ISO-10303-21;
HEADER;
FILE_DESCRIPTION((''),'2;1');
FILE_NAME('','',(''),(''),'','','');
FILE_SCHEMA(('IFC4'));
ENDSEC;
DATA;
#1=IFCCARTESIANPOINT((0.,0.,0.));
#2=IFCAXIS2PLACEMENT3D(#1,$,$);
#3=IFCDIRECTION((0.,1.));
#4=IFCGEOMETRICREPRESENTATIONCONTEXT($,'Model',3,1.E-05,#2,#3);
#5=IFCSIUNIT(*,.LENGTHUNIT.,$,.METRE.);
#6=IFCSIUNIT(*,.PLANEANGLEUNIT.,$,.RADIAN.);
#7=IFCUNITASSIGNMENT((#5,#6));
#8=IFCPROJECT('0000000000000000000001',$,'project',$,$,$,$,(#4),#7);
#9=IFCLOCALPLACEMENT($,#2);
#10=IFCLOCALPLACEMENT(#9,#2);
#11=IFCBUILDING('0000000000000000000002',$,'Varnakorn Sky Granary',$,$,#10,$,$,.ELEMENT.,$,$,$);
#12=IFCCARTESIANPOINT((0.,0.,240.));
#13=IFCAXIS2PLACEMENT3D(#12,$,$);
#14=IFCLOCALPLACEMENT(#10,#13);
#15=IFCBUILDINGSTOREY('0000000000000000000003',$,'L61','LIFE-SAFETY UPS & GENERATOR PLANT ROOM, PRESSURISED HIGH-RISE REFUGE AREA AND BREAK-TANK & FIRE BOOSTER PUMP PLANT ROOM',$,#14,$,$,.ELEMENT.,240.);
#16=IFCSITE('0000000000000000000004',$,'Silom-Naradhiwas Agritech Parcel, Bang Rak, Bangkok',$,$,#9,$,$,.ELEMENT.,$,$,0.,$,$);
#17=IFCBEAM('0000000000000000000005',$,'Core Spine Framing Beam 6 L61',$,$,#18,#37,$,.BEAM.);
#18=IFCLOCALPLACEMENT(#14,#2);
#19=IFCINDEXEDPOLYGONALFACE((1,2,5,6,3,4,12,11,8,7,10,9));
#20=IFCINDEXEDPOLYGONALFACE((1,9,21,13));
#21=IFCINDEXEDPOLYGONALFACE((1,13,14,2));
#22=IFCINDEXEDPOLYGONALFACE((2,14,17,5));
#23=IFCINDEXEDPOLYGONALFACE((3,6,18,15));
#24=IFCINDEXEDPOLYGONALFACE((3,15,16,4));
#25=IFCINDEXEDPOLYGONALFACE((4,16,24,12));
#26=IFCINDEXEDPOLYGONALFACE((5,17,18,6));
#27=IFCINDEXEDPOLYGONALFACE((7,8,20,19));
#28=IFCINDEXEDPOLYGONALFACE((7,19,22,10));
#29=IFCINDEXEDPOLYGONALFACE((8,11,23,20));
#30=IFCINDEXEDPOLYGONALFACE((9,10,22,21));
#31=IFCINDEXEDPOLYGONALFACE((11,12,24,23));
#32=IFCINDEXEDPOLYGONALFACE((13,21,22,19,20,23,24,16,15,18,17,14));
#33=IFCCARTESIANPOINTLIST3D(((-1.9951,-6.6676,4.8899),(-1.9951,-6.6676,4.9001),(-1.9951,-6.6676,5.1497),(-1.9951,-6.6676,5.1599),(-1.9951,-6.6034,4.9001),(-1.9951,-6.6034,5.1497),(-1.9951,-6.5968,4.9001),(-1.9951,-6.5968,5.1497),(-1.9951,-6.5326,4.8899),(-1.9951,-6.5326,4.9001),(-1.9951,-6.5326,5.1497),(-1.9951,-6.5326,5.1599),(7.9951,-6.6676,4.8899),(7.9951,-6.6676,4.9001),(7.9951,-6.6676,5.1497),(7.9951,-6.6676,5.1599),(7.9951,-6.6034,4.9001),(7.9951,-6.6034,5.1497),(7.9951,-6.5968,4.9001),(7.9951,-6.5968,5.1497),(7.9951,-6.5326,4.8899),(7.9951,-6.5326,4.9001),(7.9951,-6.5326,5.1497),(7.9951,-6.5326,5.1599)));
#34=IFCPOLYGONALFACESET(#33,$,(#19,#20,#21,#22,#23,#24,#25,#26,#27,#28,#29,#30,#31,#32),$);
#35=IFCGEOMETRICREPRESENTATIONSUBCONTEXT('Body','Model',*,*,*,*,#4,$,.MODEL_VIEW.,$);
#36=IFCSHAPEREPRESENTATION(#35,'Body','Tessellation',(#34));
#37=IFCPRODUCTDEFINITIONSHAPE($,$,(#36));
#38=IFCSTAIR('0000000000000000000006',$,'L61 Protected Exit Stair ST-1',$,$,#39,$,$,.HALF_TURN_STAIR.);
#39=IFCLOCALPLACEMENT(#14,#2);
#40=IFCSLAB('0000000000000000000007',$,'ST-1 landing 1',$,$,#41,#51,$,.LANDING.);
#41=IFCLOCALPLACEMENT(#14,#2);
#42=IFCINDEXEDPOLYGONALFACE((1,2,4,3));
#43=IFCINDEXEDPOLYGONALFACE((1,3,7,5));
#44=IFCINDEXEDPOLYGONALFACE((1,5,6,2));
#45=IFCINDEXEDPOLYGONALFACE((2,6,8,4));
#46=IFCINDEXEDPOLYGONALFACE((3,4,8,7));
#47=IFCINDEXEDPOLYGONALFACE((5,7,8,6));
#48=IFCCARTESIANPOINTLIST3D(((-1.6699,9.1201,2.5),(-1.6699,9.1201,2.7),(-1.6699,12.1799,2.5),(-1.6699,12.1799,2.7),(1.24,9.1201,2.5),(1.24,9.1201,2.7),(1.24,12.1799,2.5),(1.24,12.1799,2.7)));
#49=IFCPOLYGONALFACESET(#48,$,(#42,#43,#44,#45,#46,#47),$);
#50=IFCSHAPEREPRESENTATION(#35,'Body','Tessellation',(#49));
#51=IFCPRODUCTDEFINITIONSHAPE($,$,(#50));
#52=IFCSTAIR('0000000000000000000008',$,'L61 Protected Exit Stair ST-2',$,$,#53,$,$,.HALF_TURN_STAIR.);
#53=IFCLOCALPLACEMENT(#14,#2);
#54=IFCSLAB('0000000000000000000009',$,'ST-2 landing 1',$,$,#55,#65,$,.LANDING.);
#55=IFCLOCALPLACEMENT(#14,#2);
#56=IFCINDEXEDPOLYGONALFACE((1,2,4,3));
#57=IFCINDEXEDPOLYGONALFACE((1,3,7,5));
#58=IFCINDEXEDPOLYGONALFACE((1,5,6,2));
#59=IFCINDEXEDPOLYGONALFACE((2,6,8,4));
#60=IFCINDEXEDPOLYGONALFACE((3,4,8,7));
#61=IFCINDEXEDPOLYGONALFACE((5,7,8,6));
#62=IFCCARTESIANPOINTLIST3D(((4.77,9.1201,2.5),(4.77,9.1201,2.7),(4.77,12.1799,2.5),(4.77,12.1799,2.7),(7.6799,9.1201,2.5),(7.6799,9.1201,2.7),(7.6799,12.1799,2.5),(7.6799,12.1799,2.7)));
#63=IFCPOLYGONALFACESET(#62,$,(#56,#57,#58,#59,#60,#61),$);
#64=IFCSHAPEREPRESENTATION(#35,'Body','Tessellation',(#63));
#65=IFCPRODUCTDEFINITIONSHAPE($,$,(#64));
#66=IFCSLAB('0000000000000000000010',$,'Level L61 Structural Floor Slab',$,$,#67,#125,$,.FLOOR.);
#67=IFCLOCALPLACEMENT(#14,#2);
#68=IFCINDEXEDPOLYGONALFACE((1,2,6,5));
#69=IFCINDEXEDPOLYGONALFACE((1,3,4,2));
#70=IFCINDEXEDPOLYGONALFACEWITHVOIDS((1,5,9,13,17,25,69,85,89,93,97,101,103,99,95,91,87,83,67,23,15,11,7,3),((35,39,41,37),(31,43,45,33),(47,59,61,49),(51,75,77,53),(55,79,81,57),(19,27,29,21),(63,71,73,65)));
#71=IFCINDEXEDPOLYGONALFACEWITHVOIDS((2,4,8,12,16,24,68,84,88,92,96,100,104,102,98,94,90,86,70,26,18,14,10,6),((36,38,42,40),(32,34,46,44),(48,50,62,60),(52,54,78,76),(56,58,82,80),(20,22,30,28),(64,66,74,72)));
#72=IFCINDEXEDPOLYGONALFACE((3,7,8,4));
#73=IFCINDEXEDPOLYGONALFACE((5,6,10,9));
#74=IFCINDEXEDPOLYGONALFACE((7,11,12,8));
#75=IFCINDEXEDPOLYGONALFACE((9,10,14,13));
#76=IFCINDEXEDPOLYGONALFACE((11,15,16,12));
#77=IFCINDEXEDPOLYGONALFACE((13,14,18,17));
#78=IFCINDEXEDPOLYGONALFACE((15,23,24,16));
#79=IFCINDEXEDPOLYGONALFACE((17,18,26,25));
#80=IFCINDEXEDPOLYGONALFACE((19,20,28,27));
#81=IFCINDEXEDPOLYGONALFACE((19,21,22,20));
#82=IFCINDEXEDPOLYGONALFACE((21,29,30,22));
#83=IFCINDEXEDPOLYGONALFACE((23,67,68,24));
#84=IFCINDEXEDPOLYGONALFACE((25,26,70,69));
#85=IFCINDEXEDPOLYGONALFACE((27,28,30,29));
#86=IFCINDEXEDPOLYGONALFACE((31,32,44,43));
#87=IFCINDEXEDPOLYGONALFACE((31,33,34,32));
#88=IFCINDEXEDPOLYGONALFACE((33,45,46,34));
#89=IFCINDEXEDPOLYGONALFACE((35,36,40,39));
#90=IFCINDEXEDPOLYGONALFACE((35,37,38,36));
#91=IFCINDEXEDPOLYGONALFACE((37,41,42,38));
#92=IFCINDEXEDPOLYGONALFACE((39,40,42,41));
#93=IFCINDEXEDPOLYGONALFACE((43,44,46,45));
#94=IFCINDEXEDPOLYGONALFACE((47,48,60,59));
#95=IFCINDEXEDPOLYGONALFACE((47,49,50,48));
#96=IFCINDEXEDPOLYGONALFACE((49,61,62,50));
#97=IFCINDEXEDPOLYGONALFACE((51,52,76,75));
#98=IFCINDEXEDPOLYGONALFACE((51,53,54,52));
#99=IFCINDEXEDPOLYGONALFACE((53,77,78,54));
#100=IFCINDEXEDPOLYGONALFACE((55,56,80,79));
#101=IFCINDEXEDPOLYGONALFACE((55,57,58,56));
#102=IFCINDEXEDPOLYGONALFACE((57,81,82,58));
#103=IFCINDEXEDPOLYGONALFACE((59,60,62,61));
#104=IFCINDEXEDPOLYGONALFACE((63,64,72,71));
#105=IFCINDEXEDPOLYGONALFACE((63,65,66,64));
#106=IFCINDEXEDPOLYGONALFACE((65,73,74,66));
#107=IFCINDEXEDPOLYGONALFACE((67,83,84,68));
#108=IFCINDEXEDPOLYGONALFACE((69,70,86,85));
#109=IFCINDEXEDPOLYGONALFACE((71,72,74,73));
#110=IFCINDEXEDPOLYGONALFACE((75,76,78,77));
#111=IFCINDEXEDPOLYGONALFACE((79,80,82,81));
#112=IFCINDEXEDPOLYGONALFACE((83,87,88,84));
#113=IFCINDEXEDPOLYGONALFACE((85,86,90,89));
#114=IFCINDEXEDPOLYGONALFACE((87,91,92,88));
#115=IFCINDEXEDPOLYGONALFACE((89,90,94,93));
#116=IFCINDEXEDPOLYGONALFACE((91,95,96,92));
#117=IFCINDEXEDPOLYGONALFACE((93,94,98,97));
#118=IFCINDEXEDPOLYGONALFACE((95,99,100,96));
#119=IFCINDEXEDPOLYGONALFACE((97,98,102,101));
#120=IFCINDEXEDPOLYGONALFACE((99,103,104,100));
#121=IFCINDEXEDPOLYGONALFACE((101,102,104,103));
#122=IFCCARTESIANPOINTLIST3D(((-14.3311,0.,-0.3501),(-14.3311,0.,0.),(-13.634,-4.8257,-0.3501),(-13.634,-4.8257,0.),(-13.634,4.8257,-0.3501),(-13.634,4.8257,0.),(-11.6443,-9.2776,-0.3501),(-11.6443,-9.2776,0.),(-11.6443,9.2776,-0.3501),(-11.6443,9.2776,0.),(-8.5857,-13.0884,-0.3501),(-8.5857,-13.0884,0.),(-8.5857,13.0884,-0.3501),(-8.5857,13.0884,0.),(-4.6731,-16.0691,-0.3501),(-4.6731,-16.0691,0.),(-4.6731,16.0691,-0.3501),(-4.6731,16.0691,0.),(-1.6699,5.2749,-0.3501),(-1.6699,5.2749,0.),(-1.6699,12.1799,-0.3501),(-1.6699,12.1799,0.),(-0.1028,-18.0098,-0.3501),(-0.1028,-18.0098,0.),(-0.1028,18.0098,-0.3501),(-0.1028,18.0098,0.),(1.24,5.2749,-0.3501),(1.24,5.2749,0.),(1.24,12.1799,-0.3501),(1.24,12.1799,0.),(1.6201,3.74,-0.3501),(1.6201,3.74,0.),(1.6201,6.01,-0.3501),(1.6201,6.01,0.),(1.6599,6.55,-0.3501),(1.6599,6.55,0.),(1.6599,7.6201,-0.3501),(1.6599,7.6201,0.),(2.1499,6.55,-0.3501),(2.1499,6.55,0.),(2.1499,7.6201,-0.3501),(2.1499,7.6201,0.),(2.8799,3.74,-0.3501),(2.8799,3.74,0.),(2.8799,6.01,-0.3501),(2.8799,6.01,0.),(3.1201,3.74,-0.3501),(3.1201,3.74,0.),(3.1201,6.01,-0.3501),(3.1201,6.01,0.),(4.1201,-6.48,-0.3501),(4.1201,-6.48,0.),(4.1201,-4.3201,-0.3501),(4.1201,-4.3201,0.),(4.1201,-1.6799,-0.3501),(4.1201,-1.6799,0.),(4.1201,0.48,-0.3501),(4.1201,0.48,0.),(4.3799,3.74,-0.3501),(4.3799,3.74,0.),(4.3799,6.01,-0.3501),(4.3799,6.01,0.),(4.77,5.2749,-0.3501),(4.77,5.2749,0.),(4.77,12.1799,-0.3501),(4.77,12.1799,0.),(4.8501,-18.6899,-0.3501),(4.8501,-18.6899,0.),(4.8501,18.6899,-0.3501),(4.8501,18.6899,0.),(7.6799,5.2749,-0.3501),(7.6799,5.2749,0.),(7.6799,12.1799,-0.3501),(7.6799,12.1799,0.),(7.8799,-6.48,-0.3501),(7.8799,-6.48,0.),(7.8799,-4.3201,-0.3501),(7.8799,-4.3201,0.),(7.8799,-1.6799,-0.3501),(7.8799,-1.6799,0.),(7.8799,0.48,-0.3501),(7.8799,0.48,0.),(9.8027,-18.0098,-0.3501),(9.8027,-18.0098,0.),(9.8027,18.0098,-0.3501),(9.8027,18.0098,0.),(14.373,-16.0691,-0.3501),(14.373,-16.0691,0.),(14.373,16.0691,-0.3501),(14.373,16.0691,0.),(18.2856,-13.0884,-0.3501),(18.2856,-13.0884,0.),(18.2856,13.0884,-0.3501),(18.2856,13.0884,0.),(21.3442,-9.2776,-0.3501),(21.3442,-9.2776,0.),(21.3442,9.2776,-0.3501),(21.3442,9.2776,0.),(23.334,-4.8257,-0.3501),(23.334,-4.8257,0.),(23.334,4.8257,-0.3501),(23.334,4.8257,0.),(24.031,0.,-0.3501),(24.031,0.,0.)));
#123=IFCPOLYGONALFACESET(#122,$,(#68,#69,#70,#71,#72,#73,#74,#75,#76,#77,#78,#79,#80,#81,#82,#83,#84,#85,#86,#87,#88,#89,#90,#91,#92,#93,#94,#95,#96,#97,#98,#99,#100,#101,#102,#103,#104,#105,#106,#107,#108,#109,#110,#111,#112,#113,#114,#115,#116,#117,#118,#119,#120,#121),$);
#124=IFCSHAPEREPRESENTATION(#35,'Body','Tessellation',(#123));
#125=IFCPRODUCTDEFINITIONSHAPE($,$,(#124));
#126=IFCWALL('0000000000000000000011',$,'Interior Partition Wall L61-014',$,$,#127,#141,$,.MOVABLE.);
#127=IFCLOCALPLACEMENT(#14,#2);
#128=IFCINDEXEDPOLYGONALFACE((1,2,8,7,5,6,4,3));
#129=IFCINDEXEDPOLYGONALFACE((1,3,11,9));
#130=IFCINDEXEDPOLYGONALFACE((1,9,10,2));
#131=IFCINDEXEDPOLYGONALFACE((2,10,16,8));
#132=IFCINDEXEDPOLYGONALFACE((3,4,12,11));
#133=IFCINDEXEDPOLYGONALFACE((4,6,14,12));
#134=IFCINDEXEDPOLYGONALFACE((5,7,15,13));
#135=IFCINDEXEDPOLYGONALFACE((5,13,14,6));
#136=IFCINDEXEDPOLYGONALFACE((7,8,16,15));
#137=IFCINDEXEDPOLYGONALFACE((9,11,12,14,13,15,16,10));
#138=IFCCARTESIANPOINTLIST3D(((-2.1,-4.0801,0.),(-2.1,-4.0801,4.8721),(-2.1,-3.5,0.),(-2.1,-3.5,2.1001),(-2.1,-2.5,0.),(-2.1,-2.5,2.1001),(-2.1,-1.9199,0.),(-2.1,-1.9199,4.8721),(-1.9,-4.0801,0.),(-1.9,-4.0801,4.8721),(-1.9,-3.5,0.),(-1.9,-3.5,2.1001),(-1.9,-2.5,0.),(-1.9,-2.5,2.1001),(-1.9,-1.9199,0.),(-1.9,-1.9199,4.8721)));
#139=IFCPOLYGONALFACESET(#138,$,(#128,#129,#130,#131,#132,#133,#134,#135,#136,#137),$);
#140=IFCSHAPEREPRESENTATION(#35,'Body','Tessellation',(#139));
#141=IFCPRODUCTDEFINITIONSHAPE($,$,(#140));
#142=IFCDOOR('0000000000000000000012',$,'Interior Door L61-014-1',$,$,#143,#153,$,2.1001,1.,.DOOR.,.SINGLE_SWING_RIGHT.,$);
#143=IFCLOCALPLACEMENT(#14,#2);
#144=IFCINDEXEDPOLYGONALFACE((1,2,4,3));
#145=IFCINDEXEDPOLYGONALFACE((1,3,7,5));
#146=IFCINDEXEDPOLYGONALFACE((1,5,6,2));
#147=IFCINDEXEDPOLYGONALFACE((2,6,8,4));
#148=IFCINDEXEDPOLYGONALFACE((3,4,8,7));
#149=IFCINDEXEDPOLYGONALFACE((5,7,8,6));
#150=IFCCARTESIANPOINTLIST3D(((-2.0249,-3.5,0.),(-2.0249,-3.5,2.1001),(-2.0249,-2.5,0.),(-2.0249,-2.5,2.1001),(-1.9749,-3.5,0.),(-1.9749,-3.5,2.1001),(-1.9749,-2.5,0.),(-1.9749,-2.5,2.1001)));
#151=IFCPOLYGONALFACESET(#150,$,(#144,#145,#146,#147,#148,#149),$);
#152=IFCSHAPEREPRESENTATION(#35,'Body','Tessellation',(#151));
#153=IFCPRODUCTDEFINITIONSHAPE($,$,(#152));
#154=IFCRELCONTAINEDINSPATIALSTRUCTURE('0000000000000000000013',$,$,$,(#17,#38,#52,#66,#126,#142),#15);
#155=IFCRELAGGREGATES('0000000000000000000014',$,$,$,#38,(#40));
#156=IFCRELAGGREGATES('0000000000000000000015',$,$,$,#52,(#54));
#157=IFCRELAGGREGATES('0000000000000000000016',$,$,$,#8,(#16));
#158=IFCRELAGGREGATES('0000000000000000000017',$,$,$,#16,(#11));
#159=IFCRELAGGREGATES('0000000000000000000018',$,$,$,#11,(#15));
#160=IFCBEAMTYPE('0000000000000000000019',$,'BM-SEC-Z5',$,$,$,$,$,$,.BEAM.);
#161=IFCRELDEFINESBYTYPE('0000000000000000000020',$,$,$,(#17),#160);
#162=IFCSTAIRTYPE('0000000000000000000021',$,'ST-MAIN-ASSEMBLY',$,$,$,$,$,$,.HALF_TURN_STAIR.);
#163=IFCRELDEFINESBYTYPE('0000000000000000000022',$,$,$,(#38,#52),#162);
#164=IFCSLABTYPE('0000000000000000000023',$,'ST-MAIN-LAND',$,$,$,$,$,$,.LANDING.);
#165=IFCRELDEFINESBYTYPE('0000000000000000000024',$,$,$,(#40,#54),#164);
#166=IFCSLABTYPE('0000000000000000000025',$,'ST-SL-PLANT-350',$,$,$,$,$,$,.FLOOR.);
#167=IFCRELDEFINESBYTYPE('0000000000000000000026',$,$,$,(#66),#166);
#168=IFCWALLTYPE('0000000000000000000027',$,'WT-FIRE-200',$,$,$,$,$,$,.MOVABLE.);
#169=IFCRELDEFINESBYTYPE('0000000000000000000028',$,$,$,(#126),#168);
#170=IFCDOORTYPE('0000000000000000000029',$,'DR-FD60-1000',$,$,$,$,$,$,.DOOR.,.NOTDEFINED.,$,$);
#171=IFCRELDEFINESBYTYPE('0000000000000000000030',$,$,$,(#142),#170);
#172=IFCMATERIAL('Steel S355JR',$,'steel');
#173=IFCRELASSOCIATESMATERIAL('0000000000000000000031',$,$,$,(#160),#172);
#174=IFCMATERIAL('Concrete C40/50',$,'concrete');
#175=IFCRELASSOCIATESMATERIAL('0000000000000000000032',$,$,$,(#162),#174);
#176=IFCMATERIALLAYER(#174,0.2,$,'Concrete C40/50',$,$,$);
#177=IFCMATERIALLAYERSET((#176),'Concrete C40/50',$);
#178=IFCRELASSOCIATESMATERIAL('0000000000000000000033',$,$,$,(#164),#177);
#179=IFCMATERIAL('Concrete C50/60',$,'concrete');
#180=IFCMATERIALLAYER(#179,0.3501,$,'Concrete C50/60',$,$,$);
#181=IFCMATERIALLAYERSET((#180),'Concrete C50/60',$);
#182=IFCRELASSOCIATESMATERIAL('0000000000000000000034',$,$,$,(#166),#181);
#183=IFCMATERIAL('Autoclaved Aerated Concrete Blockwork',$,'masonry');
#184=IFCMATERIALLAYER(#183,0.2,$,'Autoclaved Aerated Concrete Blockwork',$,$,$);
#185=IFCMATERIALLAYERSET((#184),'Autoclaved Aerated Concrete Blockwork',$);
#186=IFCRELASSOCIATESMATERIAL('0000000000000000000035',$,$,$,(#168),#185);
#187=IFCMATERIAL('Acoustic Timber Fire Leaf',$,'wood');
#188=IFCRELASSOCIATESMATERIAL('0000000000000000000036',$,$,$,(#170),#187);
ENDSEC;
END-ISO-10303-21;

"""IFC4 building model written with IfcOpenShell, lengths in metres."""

from ifc_helpers import new_model, si_unit, direction, frame, frame_2d, origin, origin_2d, place, context, subcontext, project, spatial, polyline, rectangle, i_section, outline, extrude, material, layer, layer_set, material_profile, profile_set, type_object, element, fill, aggregate, save


model = new_model("IFC4")

# Units and contexts
model_context = context("Model", 3, precision=1e-05, world=origin(), true_north=direction((0.0, 1.0)))
body_context = subcontext(model_context, "Body", "Model", "MODEL_VIEW")
ifc_project = project(units=[si_unit("LENGTHUNIT", "METRE"), si_unit("PLANEANGLEUNIT", "RADIAN")], contexts=[model_context])

# Site, building, storey
site_placement = place(None, origin())
site = spatial("IfcSite", under=ifc_project, at=site_placement, Name="Silom-Naradhiwas Agritech Parcel, Bang Rak, Bangkok", CompositionType="ELEMENT", RefElevation=0.0)
building_placement = place(site_placement, origin())
building = spatial("IfcBuilding", under=site, at=building_placement, Name="Varnakorn Sky Granary", CompositionType="ELEMENT")
storey_placement = place(building_placement, frame((0.0, 0.0, 240.0)))
storey = spatial("IfcBuildingStorey", under=building, at=storey_placement, Name="L61", Description="LIFE-SAFETY UPS & GENERATOR PLANT ROOM, PRESSURISED HIGH-RISE REFUGE AREA AND BREAK-TANK & FIRE BOOSTER PUMP PLANT ROOM", CompositionType="ELEMENT", Elevation=240.0)

# Beam
ifc_material_1 = material(Name="Steel S355JR", Category="steel")
ifc_material_profile = material_profile(ifc_material_1, i_section(OverallWidth=0.135, OverallDepth=0.27, WebThickness=0.0066, FlangeThickness=0.0103, at=origin_2d()), Name="IPE 270")
ifc_profile_set = profile_set([ifc_material_profile], Name="Steel S355JR")
beam_type = type_object("IfcBeamType", Name="BM-SEC-Z5", PredefinedType="BEAM", material=ifc_profile_set)
beam_placement = place(storey_placement, frame((-1.9951, -6.6001, 5.0249), z_axis=(1.0, 0.0, 0.0), x_axis=(0.0, 1.0, 0.0)))
element("IfcBeam", 1, at=beam_placement, inside=storey, type_object=beam_type, Name="Core Spine Framing Beam 6 L61", PredefinedType="BEAM", context=body_context, shape_type="SweptSolid", body=[
    extrude(i_section(OverallWidth=0.135, OverallDepth=0.27, WebThickness=0.0066, FlangeThickness=0.0103, at=origin_2d()), origin(), (0.0, 0.0, 1.0), 9.9902),
])

# Stairs, slabs
ifc_material_2 = material(Name="Concrete C40/50", Category="concrete")
stair_type = type_object("IfcStairType", Name="ST-MAIN-ASSEMBLY", PredefinedType="HALF_TURN_STAIR", material=ifc_material_2)
stair_1_placement = place(storey_placement, origin())
stair_1 = element("IfcStair", 2, at=stair_1_placement, inside=storey, type_object=stair_type, Name="L61 Protected Exit Stair ST-1", PredefinedType="HALF_TURN_STAIR")
ifc_layer_1 = layer(ifc_material_2, 0.2, Name="Concrete C40/50")
ifc_layer_set_1 = layer_set([ifc_layer_1], Name="Concrete C40/50")
slab_type_1 = type_object("IfcSlabType", Name="ST-MAIN-LAND", PredefinedType="LANDING", material=ifc_layer_set_1)
slab_1_placement = place(storey_placement, frame((0.0, 0.0, 2.5)))
slab_1 = element("IfcSlab", 3, at=slab_1_placement, type_object=slab_type_1, Name="ST-1 landing 1", PredefinedType="LANDING", context=body_context, shape_type="SweptSolid", body=[
    extrude(outline(polyline([(1.24, 9.1201), (1.24, 12.1799), (-1.6699, 12.1799), (-1.6699, 9.1201), (1.24, 9.1201)])), origin(), (0.0, 0.0, 1.0), 0.2),
])
aggregate(stair_1, [slab_1])
stair_2_placement = place(storey_placement, origin())
stair_2 = element("IfcStair", 4, at=stair_2_placement, inside=storey, type_object=stair_type, Name="L61 Protected Exit Stair ST-2", PredefinedType="HALF_TURN_STAIR")
slab_2_placement = place(storey_placement, frame((0.0, 0.0, 2.5)))
slab_2 = element("IfcSlab", 5, at=slab_2_placement, type_object=slab_type_1, Name="ST-2 landing 1", PredefinedType="LANDING", context=body_context, shape_type="SweptSolid", body=[
    extrude(outline(polyline([(7.6799, 9.1201), (7.6799, 12.1799), (4.77, 12.1799), (4.77, 9.1201), (7.6799, 9.1201)])), origin(), (0.0, 0.0, 1.0), 0.2),
])
aggregate(stair_2, [slab_2])

# Slab
ifc_material_3 = material(Name="Concrete C50/60", Category="concrete")
ifc_layer_2 = layer(ifc_material_3, 0.3501, Name="Concrete C50/60")
ifc_layer_set_2 = layer_set([ifc_layer_2], Name="Concrete C50/60")
slab_type_2 = type_object("IfcSlabType", Name="ST-SL-PLANT-350", PredefinedType="FLOOR", material=ifc_layer_set_2)
slab_3_placement = place(storey_placement, frame((0.0, 0.0, -0.3501)))
element("IfcSlab", 6, at=slab_3_placement, inside=storey, type_object=slab_type_2, Name="Level L61 Structural Floor Slab", PredefinedType="FLOOR", context=body_context, shape_type="SweptSolid", body=[
    extrude(outline(polyline([(24.031, 0.0), (23.334, 4.8257), (21.3442, 9.2776), (18.2856, 13.0884), (14.373, 16.0691), (9.8027, 18.0098), (4.8501, 18.6899), (-0.1028, 18.0098), (-4.6731, 16.0691), (-8.5857, 13.0884), (-11.6443, 9.2776), (-13.634, 4.8257), (-14.3311, 0.0), (-13.634, -4.8257), (-11.6443, -9.2776), (-8.5857, -13.0884), (-4.6731, -16.0691), (-0.1028, -18.0098), (4.8501, -18.6899), (9.8027, -18.0098), (14.373, -16.0691), (18.2856, -13.0884), (21.3442, -9.2776), (23.334, -4.8257), (24.031, 0.0)]), holes=[polyline([(1.24, 5.2749), (1.24, 12.1799), (-1.6699, 12.1799), (-1.6699, 5.2749), (1.24, 5.2749)]), polyline([(7.6799, 5.2749), (7.6799, 12.1799), (4.77, 12.1799), (4.77, 5.2749), (7.6799, 5.2749)]), polyline([(1.6599, 6.55), (2.1499, 6.55), (2.1499, 7.6201), (1.6599, 7.6201), (1.6599, 6.55)]), polyline([(1.6201, 3.74), (2.8799, 3.74), (2.8799, 6.01), (1.6201, 6.01), (1.6201, 3.74)]), polyline([(3.1201, 3.74), (4.3799, 3.74), (4.3799, 6.01), (3.1201, 6.01), (3.1201, 3.74)]), polyline([(4.1201, -1.6799), (7.8799, -1.6799), (7.8799, 0.48), (4.1201, 0.48), (4.1201, -1.6799)]), polyline([(4.1201, -6.48), (7.8799, -6.48), (7.8799, -4.3201), (4.1201, -4.3201), (4.1201, -6.48)])]), origin(), (0.0, 0.0, 1.0), 0.3501),
])

# Wall, opening, door
ifc_material_4 = material(Name="Autoclaved Aerated Concrete Blockwork", Category="masonry")
ifc_layer_3 = layer(ifc_material_4, 0.2, Name="Autoclaved Aerated Concrete Blockwork")
ifc_layer_set_3 = layer_set([ifc_layer_3], Name="Autoclaved Aerated Concrete Blockwork")
wall_type_1 = type_object("IfcWallType", Name="WT-FIRE-200", PredefinedType="MOVABLE", material=ifc_layer_set_3)
wall_1_placement = place(storey_placement, frame((-2.0, -4.0801, 0.0), z_axis=(0.0, 0.0, 1.0), x_axis=(0.0, 1.0, 0.0)))
wall_1 = element("IfcWall", 7, at=wall_1_placement, inside=storey, type_object=wall_type_1, Name="Interior Partition Wall L61-014", PredefinedType="MOVABLE", context=body_context, shape_type="SweptSolid", body=[
    extrude(rectangle(XDim=2.1602, YDim=0.2, at=frame_2d((1.0801, 0.0))), origin(), (0.0, 0.0, 1.0), 4.8721),
])
opening_1_placement = place(wall_1_placement, frame((0.5801, 0.0, 0.0)))
opening_1 = element("IfcOpeningElement", 8, at=opening_1_placement, cuts=wall_1, PredefinedType="OPENING", context=body_context, shape_type="SweptSolid", body=[
    extrude(rectangle(XDim=1.0, YDim=2.1001, at=frame_2d((0.5, 1.05))), frame((0.0, 0.1099, 0.0), z_axis=(0.0, -1.0, 0.0), x_axis=(1.0, 0.0, 0.0)), (0.0, 0.0, 1.0), 0.22),
])
ifc_material_5 = material(Name="Acoustic Timber Fire Leaf", Category="wood")
door_type_1 = type_object("IfcDoorType", Name="DR-FD60-1000", OperationType="NOTDEFINED", PredefinedType="DOOR", material=ifc_material_5)
door_1_placement = place(opening_1_placement, origin())
door_1 = element("IfcDoor", 9, at=door_1_placement, inside=storey, type_object=door_type_1, Name="Interior Door L61-014-1", OperationType="SINGLE_SWING_RIGHT", OverallHeight=2.1001, OverallWidth=1.0, PredefinedType="DOOR", context=body_context, shape_type="SweptSolid", body=[
    extrude(rectangle(XDim=1.0, YDim=2.1001, at=frame_2d((0.5, 1.05))), frame((0.0, 0.0249, 0.0), z_axis=(0.0, -1.0, 0.0), x_axis=(1.0, 0.0, 0.0)), (0.0, 0.0, 1.0), 0.05),
])
fill(opening_1, door_1)

save(model, "model.ifc")
